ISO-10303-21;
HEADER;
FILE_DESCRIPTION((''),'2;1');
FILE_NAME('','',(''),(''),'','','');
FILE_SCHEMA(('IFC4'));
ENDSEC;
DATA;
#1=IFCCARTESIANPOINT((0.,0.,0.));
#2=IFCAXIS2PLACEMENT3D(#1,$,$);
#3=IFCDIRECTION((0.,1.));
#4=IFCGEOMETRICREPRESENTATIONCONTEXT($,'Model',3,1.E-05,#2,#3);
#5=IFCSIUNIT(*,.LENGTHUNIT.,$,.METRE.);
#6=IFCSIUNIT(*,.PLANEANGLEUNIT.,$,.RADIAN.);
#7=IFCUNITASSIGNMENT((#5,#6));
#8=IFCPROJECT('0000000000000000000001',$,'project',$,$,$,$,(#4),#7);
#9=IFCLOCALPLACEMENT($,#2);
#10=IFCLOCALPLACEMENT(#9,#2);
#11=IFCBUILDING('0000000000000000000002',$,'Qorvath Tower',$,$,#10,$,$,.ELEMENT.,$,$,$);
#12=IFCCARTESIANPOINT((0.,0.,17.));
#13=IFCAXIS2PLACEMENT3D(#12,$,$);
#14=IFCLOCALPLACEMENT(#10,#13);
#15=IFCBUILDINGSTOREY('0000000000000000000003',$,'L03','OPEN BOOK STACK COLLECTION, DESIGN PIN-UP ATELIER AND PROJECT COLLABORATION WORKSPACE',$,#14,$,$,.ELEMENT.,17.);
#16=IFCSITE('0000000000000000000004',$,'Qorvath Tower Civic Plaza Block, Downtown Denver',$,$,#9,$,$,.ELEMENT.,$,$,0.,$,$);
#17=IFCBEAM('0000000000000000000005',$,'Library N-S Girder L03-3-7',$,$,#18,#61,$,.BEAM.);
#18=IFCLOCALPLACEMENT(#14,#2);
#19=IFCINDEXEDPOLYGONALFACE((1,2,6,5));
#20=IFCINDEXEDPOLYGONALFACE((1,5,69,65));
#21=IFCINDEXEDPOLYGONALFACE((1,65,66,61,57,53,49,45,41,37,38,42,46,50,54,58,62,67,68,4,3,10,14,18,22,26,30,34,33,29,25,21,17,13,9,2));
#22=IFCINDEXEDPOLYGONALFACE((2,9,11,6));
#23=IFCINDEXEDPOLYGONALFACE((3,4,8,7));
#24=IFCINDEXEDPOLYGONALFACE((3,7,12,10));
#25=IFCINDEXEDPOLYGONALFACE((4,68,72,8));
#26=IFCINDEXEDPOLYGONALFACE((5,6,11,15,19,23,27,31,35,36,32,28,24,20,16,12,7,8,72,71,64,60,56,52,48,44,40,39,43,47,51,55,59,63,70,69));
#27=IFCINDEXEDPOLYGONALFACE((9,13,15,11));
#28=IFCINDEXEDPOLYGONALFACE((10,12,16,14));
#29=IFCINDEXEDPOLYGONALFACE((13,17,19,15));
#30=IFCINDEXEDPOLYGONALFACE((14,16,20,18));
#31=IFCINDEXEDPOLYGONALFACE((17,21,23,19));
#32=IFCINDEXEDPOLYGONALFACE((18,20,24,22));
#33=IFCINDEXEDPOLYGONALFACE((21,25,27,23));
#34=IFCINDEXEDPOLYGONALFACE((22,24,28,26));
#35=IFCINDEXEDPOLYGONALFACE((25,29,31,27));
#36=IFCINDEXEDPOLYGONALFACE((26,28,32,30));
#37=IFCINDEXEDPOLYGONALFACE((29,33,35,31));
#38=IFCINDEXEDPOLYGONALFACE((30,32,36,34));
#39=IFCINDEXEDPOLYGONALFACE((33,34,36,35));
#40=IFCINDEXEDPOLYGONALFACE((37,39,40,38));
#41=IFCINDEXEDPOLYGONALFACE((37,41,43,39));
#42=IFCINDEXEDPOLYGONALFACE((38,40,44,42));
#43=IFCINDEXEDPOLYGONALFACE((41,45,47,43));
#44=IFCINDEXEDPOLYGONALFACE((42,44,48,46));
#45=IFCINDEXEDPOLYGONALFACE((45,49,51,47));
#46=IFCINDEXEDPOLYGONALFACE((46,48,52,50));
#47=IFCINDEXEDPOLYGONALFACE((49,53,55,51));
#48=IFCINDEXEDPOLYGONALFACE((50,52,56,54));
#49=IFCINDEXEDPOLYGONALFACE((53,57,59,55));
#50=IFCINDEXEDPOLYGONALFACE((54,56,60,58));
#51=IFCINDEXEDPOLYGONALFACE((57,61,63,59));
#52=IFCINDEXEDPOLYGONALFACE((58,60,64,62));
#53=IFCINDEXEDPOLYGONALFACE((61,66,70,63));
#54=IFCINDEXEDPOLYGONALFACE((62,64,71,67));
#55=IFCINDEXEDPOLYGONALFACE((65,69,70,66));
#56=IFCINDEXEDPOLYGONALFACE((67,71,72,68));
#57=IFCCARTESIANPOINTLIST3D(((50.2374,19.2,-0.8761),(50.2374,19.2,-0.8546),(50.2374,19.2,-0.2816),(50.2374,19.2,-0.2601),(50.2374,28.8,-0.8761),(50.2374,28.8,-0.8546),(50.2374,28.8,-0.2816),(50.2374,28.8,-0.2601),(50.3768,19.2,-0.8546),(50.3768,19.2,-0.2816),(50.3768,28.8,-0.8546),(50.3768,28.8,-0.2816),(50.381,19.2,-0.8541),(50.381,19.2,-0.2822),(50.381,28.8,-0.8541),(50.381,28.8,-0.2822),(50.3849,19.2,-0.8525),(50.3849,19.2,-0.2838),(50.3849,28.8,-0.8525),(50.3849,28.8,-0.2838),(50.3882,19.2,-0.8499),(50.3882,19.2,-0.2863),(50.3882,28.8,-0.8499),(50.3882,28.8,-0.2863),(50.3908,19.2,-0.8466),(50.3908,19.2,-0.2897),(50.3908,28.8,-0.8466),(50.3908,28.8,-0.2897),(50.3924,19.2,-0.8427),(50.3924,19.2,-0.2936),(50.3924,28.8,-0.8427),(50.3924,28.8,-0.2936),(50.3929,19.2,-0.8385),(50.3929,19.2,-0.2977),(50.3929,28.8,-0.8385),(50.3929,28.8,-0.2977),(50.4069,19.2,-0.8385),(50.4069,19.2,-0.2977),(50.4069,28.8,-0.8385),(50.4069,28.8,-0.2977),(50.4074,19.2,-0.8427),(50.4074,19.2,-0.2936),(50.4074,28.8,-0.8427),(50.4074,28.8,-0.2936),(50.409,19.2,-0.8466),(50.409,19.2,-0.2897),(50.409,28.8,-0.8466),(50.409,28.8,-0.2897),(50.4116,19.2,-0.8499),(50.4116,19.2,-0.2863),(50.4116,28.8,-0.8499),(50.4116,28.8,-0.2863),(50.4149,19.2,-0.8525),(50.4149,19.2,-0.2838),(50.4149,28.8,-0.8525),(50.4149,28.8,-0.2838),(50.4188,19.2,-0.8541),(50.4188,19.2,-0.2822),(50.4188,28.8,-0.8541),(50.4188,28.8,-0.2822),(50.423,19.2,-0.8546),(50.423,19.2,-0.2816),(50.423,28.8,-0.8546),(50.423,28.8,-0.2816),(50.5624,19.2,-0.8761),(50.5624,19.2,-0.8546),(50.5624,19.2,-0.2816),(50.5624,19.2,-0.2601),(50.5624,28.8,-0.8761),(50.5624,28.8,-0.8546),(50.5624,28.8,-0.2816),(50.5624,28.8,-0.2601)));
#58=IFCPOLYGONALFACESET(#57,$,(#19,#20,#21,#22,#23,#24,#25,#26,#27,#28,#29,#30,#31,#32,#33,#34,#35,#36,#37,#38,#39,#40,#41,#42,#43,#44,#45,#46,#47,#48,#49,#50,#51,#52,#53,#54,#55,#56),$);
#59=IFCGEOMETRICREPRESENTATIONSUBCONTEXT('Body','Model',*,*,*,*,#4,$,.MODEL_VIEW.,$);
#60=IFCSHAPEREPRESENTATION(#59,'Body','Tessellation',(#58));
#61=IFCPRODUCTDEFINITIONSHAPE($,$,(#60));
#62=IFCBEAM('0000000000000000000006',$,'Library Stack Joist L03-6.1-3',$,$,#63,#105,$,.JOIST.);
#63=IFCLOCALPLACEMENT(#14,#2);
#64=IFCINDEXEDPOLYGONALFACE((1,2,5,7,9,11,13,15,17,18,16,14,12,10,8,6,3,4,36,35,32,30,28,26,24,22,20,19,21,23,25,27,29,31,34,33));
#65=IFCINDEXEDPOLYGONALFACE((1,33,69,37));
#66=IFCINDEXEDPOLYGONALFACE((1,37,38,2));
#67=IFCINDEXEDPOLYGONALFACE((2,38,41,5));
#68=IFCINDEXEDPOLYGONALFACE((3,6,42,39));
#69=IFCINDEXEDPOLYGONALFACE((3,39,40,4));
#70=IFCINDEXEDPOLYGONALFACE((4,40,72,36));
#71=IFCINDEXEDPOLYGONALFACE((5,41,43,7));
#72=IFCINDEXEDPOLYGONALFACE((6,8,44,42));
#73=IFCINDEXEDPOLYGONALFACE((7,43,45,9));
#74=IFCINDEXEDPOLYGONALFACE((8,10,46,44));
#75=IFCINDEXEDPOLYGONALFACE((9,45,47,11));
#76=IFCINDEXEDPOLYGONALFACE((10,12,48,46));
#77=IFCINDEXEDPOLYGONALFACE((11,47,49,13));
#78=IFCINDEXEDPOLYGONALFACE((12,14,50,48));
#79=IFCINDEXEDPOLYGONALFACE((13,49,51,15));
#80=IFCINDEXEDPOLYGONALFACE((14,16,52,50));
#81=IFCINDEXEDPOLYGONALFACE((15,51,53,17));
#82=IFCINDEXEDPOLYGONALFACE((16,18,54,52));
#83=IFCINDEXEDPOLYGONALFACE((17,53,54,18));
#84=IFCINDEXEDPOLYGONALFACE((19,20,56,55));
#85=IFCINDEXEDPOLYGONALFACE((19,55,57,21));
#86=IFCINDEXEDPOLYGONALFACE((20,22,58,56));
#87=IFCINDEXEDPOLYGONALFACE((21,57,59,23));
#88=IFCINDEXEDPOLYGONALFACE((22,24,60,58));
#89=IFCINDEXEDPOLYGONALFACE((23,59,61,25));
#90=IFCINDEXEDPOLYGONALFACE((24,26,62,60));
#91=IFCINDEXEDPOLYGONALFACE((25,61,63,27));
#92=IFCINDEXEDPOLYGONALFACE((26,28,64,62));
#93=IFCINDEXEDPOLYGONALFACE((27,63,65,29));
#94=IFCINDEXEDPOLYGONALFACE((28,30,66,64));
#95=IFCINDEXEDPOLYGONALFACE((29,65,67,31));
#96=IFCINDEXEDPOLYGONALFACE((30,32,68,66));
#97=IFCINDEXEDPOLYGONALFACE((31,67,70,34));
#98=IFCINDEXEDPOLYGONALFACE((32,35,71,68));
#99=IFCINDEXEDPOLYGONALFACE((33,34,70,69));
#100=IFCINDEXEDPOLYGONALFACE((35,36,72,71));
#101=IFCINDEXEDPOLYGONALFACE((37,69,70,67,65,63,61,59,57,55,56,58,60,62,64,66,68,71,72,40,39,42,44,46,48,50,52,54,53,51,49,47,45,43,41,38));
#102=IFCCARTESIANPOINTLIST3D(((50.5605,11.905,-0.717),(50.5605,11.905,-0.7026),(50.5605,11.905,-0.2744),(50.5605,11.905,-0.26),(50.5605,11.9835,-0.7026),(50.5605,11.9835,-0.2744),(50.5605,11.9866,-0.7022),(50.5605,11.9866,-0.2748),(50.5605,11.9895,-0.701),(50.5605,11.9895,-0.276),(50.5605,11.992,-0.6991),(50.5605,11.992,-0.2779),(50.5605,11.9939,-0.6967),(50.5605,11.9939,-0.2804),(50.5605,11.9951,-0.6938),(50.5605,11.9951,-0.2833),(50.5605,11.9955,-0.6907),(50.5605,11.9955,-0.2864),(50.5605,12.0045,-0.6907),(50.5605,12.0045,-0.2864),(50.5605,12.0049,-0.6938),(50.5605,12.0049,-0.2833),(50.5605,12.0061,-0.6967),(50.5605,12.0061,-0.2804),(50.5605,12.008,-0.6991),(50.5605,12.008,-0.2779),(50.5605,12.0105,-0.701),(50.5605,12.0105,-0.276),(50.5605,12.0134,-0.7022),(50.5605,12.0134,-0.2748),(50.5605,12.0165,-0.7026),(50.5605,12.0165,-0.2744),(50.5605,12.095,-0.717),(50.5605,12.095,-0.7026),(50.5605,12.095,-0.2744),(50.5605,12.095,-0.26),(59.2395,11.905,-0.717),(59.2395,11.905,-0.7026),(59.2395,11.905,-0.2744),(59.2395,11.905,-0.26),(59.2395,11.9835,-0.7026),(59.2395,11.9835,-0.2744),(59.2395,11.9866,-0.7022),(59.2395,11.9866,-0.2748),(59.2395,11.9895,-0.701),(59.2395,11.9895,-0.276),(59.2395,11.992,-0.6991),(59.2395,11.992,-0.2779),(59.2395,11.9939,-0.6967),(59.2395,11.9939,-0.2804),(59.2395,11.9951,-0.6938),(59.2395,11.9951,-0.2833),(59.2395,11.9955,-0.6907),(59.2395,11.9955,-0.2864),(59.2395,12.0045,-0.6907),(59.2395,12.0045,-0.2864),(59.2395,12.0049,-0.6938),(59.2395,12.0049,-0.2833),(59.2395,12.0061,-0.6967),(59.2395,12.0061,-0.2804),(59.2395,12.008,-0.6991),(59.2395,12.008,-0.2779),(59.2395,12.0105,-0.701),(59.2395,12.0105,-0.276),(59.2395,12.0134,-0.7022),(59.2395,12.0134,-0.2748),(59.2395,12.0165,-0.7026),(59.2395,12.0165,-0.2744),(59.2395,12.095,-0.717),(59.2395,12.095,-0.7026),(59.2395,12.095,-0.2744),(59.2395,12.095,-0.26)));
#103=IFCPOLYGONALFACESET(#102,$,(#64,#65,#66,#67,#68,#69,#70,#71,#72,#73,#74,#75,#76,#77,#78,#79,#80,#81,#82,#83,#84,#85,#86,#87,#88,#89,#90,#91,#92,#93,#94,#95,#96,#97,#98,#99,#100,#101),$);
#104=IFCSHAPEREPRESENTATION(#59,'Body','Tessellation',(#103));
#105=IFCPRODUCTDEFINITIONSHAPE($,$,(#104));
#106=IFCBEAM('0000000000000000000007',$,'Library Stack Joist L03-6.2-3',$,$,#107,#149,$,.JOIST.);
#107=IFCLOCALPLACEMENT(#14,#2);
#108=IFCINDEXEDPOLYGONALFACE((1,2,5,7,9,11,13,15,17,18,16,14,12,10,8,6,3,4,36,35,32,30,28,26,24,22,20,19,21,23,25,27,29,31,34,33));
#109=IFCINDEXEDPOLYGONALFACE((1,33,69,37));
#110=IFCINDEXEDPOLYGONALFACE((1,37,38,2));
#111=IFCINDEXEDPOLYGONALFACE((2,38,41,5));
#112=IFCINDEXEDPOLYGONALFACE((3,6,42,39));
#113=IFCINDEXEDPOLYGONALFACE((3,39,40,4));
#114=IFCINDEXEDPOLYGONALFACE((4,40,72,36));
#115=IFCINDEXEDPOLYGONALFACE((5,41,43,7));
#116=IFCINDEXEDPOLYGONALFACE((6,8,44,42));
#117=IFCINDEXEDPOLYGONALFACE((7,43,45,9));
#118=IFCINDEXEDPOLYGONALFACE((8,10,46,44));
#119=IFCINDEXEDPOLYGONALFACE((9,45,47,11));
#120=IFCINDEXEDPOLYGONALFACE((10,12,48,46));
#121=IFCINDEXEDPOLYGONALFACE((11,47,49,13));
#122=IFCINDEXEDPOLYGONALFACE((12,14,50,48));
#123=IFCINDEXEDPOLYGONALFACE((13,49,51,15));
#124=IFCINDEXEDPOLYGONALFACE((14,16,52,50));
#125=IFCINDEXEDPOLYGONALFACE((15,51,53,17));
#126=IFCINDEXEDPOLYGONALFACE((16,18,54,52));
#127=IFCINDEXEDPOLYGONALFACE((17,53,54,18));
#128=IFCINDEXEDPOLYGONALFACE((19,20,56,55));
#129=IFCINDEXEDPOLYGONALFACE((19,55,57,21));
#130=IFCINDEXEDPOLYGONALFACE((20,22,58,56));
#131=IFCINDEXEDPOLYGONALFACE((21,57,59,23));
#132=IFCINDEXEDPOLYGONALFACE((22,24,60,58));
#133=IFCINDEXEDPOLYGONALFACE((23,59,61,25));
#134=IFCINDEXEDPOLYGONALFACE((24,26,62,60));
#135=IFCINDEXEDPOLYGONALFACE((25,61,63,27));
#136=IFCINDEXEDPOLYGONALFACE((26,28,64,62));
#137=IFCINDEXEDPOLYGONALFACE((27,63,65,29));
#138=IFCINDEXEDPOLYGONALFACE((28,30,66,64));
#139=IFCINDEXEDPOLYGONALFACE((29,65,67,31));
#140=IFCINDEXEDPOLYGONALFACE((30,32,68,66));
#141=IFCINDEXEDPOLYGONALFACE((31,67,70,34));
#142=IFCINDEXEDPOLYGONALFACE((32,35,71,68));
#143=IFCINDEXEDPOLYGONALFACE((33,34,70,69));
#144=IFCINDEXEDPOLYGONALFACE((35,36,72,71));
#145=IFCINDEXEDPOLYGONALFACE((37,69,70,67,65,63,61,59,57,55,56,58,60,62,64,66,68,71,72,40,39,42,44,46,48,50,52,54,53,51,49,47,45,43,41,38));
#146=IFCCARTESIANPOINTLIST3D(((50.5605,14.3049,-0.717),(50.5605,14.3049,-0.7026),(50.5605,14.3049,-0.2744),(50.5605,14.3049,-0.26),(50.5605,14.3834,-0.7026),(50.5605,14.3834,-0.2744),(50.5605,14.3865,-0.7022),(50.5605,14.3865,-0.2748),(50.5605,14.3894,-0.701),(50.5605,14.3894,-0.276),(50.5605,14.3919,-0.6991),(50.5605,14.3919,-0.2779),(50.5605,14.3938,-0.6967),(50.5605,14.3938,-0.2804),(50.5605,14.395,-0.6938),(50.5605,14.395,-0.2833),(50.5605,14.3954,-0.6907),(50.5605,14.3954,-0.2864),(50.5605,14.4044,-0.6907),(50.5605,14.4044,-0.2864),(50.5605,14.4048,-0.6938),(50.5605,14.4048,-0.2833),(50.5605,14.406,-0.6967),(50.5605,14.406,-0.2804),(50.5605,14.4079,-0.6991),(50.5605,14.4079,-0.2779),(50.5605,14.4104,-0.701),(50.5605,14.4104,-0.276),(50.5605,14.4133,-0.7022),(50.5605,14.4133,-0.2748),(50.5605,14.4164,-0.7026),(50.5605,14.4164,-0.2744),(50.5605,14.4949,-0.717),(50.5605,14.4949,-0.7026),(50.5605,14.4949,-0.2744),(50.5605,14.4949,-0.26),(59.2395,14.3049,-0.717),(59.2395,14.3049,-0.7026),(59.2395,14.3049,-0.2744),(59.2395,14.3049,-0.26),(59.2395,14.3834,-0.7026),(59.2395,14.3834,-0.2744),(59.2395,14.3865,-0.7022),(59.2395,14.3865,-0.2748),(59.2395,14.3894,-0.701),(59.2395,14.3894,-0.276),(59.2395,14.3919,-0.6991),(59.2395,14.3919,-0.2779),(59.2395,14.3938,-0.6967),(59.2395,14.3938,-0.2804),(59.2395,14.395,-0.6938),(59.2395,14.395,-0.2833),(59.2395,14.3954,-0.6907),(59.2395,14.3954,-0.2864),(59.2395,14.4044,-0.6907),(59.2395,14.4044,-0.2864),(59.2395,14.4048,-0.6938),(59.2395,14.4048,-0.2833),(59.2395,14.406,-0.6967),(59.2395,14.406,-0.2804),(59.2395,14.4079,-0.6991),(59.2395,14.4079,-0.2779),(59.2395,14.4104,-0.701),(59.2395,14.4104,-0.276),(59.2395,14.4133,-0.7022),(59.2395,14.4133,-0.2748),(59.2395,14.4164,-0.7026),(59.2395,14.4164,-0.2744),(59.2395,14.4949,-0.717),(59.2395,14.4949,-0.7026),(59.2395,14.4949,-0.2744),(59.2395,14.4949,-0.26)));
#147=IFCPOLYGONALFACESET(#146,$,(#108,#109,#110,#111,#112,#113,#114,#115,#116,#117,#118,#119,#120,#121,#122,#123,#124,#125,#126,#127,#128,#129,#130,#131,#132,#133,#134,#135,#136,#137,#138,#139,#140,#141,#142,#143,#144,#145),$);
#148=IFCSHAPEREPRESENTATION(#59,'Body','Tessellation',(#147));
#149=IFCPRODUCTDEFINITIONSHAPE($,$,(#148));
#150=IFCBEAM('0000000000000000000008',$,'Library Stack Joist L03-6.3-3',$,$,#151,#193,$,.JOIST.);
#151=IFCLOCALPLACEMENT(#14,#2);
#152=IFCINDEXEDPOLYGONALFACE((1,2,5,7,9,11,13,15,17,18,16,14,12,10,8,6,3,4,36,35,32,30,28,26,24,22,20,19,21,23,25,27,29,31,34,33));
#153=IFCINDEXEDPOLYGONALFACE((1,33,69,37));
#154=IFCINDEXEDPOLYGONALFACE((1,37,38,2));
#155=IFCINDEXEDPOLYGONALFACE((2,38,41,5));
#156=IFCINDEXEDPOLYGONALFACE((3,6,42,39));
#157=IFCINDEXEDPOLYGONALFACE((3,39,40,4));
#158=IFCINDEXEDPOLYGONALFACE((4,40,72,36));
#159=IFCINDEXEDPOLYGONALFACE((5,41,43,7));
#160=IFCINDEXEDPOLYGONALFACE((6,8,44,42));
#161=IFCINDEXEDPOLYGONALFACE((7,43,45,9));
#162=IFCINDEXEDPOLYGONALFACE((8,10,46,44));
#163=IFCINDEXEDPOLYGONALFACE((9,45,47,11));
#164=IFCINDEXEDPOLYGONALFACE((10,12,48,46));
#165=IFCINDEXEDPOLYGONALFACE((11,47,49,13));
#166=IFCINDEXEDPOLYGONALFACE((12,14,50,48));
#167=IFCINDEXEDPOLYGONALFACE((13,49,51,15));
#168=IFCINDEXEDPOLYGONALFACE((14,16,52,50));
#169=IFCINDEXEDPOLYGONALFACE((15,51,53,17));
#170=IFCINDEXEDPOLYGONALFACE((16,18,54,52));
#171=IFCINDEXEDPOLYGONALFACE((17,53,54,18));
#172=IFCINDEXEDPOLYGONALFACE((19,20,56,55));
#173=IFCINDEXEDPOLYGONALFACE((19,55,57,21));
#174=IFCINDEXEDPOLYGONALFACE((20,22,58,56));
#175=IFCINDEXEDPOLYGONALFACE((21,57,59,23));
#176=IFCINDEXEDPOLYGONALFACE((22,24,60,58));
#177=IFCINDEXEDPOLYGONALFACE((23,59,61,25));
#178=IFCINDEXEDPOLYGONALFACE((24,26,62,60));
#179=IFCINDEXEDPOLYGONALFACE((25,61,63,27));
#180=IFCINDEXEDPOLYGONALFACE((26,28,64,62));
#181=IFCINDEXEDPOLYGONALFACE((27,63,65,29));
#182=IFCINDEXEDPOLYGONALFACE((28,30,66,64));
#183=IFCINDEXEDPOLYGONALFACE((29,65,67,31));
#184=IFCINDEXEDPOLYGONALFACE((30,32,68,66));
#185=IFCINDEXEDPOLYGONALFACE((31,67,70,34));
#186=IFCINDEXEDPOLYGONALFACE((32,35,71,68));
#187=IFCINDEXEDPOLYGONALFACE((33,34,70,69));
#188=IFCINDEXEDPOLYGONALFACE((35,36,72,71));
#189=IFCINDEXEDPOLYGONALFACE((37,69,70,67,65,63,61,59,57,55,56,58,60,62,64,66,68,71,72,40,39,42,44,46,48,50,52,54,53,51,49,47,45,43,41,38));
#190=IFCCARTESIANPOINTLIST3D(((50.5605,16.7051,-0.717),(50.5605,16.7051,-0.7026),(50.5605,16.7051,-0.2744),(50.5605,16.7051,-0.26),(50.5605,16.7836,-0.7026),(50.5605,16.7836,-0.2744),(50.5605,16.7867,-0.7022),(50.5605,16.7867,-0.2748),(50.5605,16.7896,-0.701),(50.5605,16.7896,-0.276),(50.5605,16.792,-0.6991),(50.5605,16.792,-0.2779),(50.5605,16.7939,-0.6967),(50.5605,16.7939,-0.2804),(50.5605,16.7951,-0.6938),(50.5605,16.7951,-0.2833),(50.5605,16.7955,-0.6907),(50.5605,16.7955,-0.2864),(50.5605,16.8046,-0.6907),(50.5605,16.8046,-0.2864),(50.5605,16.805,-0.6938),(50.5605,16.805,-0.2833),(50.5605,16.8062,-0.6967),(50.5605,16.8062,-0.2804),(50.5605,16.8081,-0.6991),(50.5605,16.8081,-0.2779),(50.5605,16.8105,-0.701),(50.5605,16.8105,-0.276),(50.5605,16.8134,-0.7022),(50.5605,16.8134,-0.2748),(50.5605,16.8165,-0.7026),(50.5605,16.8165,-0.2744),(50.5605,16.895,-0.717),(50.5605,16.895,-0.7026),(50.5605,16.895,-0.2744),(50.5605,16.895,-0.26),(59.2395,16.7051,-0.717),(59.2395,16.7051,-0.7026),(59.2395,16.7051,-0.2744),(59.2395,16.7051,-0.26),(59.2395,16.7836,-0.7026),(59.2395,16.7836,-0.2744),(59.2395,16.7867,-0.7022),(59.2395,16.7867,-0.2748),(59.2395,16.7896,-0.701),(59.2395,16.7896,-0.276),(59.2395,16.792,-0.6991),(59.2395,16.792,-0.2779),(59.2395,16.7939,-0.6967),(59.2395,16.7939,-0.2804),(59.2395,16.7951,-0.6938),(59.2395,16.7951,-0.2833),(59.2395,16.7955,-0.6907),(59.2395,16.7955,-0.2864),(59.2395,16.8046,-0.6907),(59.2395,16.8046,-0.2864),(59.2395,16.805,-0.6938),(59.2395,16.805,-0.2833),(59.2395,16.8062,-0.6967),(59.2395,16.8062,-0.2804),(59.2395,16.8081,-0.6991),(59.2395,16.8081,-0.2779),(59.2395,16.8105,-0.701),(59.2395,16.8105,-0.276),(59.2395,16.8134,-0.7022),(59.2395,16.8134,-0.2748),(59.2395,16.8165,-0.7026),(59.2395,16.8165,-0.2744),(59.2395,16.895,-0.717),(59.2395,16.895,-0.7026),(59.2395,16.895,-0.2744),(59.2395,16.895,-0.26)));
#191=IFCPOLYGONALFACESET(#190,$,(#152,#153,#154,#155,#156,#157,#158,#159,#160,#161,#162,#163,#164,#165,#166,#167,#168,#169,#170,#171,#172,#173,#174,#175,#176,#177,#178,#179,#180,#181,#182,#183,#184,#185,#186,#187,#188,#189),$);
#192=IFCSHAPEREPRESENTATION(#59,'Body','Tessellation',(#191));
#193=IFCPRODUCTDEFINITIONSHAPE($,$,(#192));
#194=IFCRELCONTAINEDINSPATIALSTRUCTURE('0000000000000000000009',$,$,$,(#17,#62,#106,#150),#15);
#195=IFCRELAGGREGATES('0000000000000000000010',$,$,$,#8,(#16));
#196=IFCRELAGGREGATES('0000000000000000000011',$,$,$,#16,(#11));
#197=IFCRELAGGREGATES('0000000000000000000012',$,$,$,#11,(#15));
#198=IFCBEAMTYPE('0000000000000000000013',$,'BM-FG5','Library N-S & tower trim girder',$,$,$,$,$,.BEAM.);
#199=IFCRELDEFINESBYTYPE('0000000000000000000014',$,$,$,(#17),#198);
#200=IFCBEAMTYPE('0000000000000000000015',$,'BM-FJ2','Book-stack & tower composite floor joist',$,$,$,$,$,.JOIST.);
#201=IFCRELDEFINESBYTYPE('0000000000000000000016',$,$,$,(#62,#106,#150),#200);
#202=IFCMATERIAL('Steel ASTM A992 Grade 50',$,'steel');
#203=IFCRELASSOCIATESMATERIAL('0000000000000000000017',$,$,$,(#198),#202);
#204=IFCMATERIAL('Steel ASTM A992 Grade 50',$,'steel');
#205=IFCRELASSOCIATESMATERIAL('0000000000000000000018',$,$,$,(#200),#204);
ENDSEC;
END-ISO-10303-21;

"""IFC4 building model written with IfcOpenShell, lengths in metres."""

from ifc_helpers import new_model, si_unit, direction, frame, origin, origin_2d, place, context, subcontext, project, spatial, i_section, extrude, material, material_profile, profile_set, type_object, element, save


model = new_model("IFC4")

# Units and contexts
model_context = context("Model", 3, precision=1e-05, world=origin(), true_north=direction((0.0, 1.0)))
body_context = subcontext(model_context, "Body", "Model", "MODEL_VIEW")
ifc_project = project(units=[si_unit("LENGTHUNIT", "METRE"), si_unit("PLANEANGLEUNIT", "RADIAN")], contexts=[model_context])

# Site, building, storey
site_placement = place(None, origin())
site = spatial("IfcSite", under=ifc_project, at=site_placement, Name="Qorvath Tower Civic Plaza Block, Downtown Denver", CompositionType="ELEMENT", RefElevation=0.0)
building_placement = place(site_placement, origin())
building = spatial("IfcBuilding", under=site, at=building_placement, Name="Qorvath Tower", CompositionType="ELEMENT")
storey_placement = place(building_placement, frame((0.0, 0.0, 17.0)))
storey = spatial("IfcBuildingStorey", under=building, at=storey_placement, Name="L03", Description="OPEN BOOK STACK COLLECTION, DESIGN PIN-UP ATELIER AND PROJECT COLLABORATION WORKSPACE", CompositionType="ELEMENT", Elevation=17.0)

# Beams
ifc_material_1 = material(Name="Steel ASTM A992 Grade 50", Category="steel")
ifc_material_profile_1 = material_profile(ifc_material_1, i_section(OverallWidth=0.325, OverallDepth=0.616, WebThickness=0.0139, FlangeThickness=0.0215, FilletRadius=0.0161, at=origin_2d()), Name="W24x117")
ifc_profile_set_1 = profile_set([ifc_material_profile_1], Name="Steel ASTM A992 Grade 50")
beam_type_1 = type_object("IfcBeamType", Name="BM-FG5", Description="Library N-S & tower trim girder", PredefinedType="BEAM", material=ifc_profile_set_1)
beam_1_placement = place(storey_placement, frame((50.3999, 19.2, -0.5681), z_axis=(0.0, 1.0, 0.0), x_axis=(-1.0, 0.0, 0.0)))
element("IfcBeam", 1, at=beam_1_placement, inside=storey, type_object=beam_type_1, Name="Library N-S Girder L03-3-7", PredefinedType="BEAM", context=body_context, shape_type="SweptSolid", body=[
    extrude(i_section(OverallWidth=0.325, OverallDepth=0.616, WebThickness=0.0139, FlangeThickness=0.0215, FilletRadius=0.0161, at=origin_2d()), origin(), (0.0, 0.0, 1.0), 9.6001),
])
ifc_material_2 = material(Name="Steel ASTM A992 Grade 50", Category="steel")
ifc_material_profile_2 = material_profile(ifc_material_2, i_section(OverallWidth=0.1899, OverallDepth=0.457, WebThickness=0.009, FlangeThickness=0.0144, FilletRadius=0.012, at=origin_2d()), Name="W18x50")
ifc_profile_set_2 = profile_set([ifc_material_profile_2], Name="Steel ASTM A992 Grade 50")
beam_type_2 = type_object("IfcBeamType", Name="BM-FJ2", Description="Book-stack & tower composite floor joist", PredefinedType="JOIST", material=ifc_profile_set_2)
for number, where, z_axis, x_axis, name in (
    (2, (50.5605, 12.0, -0.4885), (1.0, 0.0, 0.0), (0.0, 1.0, 0.0), "Library Stack Joist L03-6.1-3"),
    (3, (50.5605, 14.3999, -0.4885), (1.0, 0.0, 0.0), (0.0, 1.0, 0.0), "Library Stack Joist L03-6.2-3"),
    (4, (50.5605, 16.8, -0.4885), (1.0, 0.0, 0.0), (0.0, 1.0, 0.0), "Library Stack Joist L03-6.3-3"),
):
    element("IfcBeam", number, at=place(storey_placement, frame(where, z_axis=z_axis, x_axis=x_axis)), inside=storey, type_object=beam_type_2, Name=name, PredefinedType="JOIST", context=body_context, shape_type="SweptSolid", body=[
        extrude(i_section(OverallWidth=0.1899, OverallDepth=0.457, WebThickness=0.009, FlangeThickness=0.0144, FilletRadius=0.012, at=origin_2d()), origin(), (0.0, 0.0, 1.0), 8.679),
    ])

save(model, "model.ifc")
